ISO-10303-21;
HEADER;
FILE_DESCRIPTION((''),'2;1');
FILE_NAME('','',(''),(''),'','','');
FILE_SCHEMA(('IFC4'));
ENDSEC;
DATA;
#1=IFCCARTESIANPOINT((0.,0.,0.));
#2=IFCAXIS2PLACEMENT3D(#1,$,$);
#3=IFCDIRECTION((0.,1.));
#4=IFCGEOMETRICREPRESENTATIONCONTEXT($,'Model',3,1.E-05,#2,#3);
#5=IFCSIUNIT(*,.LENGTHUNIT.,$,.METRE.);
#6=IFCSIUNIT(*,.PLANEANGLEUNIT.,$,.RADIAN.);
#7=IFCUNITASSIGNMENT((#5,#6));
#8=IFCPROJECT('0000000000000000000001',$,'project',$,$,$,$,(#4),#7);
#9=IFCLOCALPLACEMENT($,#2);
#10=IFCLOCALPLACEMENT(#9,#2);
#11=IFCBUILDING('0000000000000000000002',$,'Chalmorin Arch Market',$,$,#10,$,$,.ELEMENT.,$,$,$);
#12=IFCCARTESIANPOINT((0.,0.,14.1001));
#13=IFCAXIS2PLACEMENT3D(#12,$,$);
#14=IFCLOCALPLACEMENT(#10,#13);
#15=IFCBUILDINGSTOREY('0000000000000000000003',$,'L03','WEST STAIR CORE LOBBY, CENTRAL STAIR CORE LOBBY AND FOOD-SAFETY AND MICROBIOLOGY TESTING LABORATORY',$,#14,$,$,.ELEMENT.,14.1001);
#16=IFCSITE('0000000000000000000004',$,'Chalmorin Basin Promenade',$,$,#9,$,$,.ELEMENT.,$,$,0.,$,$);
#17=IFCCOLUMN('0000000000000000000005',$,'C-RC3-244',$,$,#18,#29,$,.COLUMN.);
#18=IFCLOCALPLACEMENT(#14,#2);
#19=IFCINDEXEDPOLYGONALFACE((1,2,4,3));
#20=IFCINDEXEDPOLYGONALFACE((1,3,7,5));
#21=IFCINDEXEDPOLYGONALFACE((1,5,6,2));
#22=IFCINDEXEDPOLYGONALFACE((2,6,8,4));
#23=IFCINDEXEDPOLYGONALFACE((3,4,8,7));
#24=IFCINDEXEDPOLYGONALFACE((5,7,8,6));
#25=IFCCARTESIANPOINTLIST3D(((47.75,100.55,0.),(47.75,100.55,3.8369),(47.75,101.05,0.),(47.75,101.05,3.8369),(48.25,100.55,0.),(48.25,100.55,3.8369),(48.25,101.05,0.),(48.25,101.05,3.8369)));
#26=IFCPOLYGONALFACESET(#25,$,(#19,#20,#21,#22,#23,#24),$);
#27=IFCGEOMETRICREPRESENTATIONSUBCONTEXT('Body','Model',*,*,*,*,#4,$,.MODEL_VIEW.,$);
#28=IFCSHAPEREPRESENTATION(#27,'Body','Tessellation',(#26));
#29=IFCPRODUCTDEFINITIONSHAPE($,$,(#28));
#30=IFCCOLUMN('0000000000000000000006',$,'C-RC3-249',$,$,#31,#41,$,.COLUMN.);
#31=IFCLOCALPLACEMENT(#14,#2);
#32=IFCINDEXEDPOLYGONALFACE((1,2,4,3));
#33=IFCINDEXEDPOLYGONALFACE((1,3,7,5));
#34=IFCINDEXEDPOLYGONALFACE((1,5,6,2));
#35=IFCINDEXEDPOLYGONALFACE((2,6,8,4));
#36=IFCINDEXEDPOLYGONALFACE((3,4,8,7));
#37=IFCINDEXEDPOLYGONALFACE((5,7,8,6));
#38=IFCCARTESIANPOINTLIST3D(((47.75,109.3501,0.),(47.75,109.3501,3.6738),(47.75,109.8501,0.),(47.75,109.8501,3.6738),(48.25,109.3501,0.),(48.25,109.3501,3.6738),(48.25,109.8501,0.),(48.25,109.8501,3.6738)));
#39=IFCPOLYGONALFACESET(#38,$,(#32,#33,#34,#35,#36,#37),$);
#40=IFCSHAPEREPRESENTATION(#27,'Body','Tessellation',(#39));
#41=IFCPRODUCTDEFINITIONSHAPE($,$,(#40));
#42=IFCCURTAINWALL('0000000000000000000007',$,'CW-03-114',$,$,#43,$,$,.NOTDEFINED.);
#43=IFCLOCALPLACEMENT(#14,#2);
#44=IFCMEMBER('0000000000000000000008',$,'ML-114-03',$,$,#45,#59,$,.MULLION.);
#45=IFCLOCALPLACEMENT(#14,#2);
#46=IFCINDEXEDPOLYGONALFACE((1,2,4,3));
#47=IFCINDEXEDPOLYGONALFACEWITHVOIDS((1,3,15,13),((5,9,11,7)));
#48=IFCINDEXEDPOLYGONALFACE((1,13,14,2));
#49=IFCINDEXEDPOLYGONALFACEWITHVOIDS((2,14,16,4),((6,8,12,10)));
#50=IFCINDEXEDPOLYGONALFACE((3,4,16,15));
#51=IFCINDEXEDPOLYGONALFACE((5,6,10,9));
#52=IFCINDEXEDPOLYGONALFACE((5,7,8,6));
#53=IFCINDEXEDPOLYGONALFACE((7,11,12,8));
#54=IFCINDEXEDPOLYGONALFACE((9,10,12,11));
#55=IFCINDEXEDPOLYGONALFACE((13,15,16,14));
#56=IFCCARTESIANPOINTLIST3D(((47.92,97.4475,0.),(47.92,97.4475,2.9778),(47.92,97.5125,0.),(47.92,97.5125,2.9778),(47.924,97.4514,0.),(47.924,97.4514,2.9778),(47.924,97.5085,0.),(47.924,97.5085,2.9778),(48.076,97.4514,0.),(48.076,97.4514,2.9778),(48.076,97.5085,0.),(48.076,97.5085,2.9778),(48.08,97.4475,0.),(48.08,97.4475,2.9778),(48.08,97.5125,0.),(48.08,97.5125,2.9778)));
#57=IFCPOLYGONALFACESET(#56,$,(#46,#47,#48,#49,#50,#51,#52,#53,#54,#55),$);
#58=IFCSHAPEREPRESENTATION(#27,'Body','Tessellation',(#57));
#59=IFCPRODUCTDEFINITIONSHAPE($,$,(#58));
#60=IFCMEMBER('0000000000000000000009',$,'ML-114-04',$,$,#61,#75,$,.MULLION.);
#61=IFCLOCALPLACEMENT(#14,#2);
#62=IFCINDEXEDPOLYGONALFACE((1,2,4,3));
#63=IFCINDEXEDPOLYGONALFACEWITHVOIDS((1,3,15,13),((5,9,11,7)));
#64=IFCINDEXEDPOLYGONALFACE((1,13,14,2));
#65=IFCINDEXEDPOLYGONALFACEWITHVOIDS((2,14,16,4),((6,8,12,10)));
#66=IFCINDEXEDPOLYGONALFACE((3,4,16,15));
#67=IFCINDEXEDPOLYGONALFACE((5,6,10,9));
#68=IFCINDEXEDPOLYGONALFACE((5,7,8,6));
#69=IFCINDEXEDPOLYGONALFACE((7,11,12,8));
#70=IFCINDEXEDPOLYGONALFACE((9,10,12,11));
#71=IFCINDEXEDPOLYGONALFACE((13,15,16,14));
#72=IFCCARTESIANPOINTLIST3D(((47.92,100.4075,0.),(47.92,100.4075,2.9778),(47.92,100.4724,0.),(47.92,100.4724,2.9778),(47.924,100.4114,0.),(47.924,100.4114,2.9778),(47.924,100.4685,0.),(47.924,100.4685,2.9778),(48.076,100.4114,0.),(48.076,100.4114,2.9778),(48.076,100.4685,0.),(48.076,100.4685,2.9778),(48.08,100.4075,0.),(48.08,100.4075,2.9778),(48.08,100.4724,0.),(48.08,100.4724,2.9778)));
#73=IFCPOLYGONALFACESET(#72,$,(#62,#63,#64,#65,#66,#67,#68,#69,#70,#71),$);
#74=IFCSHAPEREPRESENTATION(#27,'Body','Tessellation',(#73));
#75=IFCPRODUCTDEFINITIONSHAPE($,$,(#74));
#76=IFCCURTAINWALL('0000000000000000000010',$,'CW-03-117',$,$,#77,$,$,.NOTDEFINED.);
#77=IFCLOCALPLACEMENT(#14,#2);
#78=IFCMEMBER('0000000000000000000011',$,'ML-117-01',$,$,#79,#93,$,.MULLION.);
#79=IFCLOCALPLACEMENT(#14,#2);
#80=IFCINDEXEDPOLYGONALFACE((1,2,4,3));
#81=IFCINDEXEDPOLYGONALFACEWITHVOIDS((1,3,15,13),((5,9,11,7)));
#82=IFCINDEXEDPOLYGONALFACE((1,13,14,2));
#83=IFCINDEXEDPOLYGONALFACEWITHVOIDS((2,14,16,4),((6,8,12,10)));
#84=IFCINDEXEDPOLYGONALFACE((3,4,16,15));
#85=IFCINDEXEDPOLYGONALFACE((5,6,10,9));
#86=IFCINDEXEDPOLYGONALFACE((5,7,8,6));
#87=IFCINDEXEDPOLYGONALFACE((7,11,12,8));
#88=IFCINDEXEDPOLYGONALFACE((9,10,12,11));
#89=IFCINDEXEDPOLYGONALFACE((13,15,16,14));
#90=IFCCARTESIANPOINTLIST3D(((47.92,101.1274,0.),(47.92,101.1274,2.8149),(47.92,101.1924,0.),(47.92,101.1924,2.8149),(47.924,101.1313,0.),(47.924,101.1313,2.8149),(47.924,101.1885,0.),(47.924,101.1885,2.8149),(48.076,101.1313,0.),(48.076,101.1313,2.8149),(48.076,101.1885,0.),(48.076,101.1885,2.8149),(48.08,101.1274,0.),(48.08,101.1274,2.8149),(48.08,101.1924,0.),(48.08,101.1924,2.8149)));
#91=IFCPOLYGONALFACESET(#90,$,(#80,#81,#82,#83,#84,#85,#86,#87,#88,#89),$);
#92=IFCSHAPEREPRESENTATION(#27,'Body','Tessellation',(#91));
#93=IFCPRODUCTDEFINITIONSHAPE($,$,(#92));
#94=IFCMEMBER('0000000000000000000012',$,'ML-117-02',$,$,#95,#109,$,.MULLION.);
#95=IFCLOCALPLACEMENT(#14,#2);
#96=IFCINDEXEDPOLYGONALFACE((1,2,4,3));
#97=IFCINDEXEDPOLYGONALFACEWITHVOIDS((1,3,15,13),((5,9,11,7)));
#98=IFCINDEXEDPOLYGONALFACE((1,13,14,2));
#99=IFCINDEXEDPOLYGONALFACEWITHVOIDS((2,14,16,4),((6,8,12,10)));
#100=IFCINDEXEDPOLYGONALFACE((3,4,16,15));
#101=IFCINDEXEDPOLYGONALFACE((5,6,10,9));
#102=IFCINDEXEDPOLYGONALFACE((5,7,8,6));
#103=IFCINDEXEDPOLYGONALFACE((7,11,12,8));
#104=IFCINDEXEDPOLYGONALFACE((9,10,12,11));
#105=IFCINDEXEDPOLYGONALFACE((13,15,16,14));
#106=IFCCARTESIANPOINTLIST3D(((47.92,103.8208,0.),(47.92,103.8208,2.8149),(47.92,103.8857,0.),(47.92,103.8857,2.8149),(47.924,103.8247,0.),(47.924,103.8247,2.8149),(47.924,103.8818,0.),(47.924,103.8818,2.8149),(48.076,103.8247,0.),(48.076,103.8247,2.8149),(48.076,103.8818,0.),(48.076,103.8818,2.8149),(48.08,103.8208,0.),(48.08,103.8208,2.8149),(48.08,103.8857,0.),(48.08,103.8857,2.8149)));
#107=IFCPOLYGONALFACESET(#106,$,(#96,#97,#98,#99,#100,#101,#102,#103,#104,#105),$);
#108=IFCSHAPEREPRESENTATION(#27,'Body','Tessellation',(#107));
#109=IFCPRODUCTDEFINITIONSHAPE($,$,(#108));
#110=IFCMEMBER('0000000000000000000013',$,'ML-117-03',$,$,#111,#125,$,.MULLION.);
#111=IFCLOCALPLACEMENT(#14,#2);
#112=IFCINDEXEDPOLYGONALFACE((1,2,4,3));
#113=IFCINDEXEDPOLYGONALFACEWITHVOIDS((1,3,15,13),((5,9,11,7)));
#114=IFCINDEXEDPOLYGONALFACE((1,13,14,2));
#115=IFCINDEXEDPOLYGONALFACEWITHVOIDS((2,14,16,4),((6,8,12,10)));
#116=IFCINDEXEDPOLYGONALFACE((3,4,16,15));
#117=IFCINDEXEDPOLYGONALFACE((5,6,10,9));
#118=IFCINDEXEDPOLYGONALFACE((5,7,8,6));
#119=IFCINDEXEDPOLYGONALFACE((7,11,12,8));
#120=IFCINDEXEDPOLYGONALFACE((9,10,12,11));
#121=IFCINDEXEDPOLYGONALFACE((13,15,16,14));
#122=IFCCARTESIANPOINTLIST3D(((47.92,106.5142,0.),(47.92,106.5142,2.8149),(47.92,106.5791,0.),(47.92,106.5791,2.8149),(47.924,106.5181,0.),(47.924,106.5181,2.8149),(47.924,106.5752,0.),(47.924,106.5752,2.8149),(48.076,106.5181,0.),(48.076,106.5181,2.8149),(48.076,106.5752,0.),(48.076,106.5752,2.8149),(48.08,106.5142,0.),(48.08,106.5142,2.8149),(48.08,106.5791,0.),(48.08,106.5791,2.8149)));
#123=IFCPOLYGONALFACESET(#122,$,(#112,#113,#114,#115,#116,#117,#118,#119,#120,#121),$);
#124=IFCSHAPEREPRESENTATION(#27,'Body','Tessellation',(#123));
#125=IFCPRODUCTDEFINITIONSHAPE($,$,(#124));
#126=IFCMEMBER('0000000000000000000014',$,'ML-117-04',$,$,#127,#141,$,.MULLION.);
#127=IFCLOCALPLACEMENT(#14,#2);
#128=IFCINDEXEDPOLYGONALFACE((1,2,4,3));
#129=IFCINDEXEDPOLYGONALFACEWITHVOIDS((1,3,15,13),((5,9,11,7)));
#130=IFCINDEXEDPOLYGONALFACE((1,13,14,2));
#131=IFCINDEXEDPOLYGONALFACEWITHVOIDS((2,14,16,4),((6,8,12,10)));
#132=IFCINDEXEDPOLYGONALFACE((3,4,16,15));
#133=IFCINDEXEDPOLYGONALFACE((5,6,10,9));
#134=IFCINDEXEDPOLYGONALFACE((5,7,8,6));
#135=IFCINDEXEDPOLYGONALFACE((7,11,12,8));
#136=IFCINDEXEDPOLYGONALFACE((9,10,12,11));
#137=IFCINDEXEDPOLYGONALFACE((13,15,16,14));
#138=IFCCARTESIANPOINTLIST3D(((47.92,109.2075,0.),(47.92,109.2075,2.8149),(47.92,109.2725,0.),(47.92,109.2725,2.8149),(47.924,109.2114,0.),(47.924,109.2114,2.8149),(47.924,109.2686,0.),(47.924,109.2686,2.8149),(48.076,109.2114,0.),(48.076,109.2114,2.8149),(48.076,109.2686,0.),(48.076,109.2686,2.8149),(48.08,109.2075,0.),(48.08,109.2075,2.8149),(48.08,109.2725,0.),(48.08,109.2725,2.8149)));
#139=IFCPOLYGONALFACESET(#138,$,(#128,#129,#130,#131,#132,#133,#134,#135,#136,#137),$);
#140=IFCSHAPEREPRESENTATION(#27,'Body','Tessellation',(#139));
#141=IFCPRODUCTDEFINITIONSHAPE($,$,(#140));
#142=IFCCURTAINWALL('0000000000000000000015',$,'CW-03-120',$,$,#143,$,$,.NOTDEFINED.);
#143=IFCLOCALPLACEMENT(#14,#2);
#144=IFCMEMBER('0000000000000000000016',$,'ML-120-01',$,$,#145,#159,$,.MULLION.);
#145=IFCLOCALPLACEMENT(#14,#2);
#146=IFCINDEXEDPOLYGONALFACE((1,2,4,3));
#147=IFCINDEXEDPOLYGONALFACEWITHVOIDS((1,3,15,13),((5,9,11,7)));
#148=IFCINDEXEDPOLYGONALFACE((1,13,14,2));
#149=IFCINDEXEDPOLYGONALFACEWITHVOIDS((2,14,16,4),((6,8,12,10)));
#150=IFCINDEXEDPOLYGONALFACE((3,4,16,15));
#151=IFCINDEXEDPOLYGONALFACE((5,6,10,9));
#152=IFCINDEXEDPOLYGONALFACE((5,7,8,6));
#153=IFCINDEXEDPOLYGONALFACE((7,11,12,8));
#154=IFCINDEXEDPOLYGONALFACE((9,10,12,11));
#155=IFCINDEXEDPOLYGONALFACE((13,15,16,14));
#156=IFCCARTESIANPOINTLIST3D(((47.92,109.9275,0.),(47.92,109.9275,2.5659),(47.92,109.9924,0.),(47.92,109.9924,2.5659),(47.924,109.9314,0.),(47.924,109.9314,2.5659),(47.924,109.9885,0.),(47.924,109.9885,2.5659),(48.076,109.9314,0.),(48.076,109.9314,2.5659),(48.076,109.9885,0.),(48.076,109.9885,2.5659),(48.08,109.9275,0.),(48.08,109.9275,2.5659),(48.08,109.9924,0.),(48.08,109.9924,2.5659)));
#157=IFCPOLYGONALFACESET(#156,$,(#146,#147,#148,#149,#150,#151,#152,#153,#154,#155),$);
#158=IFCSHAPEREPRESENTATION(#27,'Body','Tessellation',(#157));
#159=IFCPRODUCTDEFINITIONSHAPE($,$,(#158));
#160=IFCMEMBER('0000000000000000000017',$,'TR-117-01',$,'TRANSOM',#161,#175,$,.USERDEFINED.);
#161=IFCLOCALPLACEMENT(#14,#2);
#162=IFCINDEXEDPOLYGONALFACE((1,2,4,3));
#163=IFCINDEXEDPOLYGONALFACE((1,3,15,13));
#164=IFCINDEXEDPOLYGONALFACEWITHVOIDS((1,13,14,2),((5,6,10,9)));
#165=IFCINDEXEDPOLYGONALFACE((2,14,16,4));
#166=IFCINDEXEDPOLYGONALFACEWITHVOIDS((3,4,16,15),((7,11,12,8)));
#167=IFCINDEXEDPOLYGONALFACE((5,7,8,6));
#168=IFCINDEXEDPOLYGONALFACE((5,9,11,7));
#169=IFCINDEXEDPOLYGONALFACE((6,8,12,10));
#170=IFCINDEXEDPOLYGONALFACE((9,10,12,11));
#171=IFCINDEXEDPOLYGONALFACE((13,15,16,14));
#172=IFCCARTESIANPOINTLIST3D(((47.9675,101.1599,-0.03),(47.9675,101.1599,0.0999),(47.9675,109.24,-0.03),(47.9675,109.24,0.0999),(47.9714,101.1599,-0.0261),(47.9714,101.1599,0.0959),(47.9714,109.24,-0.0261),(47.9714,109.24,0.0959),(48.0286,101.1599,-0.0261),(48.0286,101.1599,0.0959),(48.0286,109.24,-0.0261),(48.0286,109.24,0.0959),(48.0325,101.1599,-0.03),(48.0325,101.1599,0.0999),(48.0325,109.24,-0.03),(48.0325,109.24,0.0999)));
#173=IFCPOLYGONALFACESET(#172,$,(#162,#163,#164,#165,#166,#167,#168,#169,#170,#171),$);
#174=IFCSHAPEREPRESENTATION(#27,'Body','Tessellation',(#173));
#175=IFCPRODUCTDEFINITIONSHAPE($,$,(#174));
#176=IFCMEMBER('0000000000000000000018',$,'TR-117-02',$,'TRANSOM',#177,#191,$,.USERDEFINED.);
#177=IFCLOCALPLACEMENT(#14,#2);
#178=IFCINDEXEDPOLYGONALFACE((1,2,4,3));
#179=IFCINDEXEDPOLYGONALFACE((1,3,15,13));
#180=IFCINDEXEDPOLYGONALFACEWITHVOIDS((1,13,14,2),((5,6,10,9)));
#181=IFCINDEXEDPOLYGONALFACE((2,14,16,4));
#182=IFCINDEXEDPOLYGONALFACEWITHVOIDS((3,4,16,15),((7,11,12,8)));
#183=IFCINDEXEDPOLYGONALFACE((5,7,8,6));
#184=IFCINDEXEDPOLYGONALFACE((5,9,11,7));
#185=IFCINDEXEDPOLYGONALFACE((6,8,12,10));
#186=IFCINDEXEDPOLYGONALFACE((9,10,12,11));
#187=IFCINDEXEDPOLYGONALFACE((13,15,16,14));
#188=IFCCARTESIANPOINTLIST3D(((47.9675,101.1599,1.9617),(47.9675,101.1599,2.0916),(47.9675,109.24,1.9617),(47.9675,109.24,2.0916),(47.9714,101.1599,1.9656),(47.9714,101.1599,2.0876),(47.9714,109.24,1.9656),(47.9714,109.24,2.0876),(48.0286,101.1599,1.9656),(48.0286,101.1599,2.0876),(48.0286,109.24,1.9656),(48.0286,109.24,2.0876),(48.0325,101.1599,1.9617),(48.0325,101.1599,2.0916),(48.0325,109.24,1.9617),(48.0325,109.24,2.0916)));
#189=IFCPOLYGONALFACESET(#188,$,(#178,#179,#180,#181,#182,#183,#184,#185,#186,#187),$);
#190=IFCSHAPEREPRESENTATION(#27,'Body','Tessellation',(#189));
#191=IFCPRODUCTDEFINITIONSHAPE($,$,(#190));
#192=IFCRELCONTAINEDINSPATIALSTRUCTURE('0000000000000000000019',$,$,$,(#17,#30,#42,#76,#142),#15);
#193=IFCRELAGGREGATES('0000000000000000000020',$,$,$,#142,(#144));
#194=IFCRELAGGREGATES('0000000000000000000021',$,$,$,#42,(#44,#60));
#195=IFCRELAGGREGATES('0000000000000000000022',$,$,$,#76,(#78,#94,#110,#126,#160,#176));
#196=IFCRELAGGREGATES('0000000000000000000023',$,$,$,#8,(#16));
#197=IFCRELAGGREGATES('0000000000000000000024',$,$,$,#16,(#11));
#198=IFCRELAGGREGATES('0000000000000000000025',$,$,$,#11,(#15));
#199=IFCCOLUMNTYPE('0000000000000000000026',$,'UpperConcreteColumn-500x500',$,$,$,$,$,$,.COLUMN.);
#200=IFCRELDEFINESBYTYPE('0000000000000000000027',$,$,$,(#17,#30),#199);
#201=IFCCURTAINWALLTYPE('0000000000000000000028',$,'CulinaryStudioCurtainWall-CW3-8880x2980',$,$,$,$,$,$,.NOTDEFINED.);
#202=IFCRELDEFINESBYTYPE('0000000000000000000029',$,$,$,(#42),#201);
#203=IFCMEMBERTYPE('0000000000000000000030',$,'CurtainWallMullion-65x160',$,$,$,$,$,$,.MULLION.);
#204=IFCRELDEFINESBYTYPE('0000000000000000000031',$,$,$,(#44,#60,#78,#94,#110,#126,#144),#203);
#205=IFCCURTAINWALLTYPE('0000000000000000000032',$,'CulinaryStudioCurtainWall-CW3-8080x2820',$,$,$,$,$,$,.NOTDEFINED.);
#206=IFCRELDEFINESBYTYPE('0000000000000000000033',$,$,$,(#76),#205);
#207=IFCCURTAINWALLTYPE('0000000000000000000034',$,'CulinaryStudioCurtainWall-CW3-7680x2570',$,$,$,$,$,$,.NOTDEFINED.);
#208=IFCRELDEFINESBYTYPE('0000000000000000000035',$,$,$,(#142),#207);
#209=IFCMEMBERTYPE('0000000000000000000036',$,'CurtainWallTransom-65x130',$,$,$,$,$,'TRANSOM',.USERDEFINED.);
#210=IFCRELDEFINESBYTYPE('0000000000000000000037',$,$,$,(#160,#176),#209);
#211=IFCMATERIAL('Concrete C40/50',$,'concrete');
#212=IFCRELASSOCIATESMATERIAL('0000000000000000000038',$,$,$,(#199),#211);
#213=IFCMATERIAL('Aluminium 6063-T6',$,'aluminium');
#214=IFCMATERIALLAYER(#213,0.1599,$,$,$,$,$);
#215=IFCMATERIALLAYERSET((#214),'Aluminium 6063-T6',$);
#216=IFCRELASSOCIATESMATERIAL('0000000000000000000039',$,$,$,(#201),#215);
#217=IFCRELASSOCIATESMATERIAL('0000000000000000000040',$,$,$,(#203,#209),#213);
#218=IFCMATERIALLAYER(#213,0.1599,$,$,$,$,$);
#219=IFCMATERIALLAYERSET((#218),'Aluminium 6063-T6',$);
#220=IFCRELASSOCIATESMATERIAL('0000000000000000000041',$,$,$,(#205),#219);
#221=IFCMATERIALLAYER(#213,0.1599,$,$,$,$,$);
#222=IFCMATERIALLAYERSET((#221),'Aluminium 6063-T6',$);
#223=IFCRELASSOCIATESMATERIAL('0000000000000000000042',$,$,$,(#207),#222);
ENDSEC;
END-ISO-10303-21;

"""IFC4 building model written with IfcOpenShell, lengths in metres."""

from ifc_helpers import new_model, si_unit, direction, frame, origin, origin_2d, place, context, subcontext, project, spatial, rectangle, hollow_rectangle, extrude, material, layer, layer_set, material_profile, profile_set, type_object, element, aggregate, save


model = new_model("IFC4")

# Units and contexts
model_context = context("Model", 3, precision=1e-05, world=origin(), true_north=direction((0.0, 1.0)))
body_context = subcontext(model_context, "Body", "Model", "MODEL_VIEW")
ifc_project = project(units=[si_unit("LENGTHUNIT", "METRE"), si_unit("PLANEANGLEUNIT", "RADIAN")], contexts=[model_context])

# Site, building, storey
site_placement = place(None, origin())
site = spatial("IfcSite", under=ifc_project, at=site_placement, Name="Chalmorin Basin Promenade", CompositionType="ELEMENT", RefElevation=0.0)
building_placement = place(site_placement, origin())
building = spatial("IfcBuilding", under=site, at=building_placement, Name="Chalmorin Arch Market", CompositionType="ELEMENT")
storey_placement = place(building_placement, frame((0.0, 0.0, 14.1001)))
storey = spatial("IfcBuildingStorey", under=building, at=storey_placement, Name="L03", Description="WEST STAIR CORE LOBBY, CENTRAL STAIR CORE LOBBY AND FOOD-SAFETY AND MICROBIOLOGY TESTING LABORATORY", CompositionType="ELEMENT", Elevation=14.1001)

# Columns
ifc_material_1 = material(Name="Concrete C40/50", Category="concrete")
ifc_material_profile_1 = material_profile(ifc_material_1, rectangle(XDim=0.5, YDim=0.5, at=origin_2d()), Name="RC500X500")
ifc_profile_set_1 = profile_set([ifc_material_profile_1], Name="Concrete C40/50")
column_type = type_object("IfcColumnType", Name="UpperConcreteColumn-500x500", PredefinedType="COLUMN", material=ifc_profile_set_1)
column_1_placement = place(storey_placement, frame((48.0, 100.8, 0.0), z_axis=(0.0, 0.0, 1.0), x_axis=(1.0, 0.0, 0.0)))
element("IfcColumn", 1, at=column_1_placement, inside=storey, type_object=column_type, Name="C-RC3-244", PredefinedType="COLUMN", context=body_context, shape_type="SweptSolid", body=[
    extrude(rectangle(XDim=0.5, YDim=0.5, at=origin_2d()), origin(), (0.0, 0.0, 1.0), 3.8369),
])
column_2_placement = place(storey_placement, frame((48.0, 109.6001, 0.0), z_axis=(0.0, 0.0, 1.0), x_axis=(1.0, 0.0, 0.0)))
element("IfcColumn", 2, at=column_2_placement, inside=storey, type_object=column_type, Name="C-RC3-249", PredefinedType="COLUMN", context=body_context, shape_type="SweptSolid", body=[
    extrude(rectangle(XDim=0.5, YDim=0.5, at=origin_2d()), origin(), (0.0, 0.0, 1.0), 3.6738),
])

# Curtain walls, members
ifc_material_2 = material(Name="Aluminium 6063-T6", Category="aluminium")
ifc_layer_1 = layer(ifc_material_2, 0.1599)
ifc_layer_set_1 = layer_set([ifc_layer_1], Name="Aluminium 6063-T6")
curtain_wall_type_1 = type_object("IfcCurtainWallType", Name="CulinaryStudioCurtainWall-CW3-8880x2980", PredefinedType="NOTDEFINED", material=ifc_layer_set_1)
curtain_wall_1_placement = place(storey_placement, origin())
curtain_wall_1 = element("IfcCurtainWall", 3, at=curtain_wall_1_placement, inside=storey, type_object=curtain_wall_type_1, Name="CW-03-114", PredefinedType="NOTDEFINED")
ifc_material_profile_2 = material_profile(ifc_material_2, hollow_rectangle(XDim=0.0649, YDim=0.1599, WallThickness=0.0039, at=origin_2d()), Name="ALU65X160X4")
ifc_profile_set_2 = profile_set([ifc_material_profile_2], Name="Aluminium 6063-T6")
member_type_1 = type_object("IfcMemberType", Name="CurtainWallMullion-65x160", PredefinedType="MULLION", material=ifc_profile_set_2)
member_1_placement = place(storey_placement, frame((48.0, 97.48, 0.0), z_axis=(0.0, 0.0, 1.0), x_axis=(0.0, 1.0, 0.0)))
member_1 = element("IfcMember", 4, at=member_1_placement, type_object=member_type_1, Name="ML-114-03", PredefinedType="MULLION", context=body_context, shape_type="SweptSolid", body=[
    extrude(hollow_rectangle(XDim=0.0649, YDim=0.1599, WallThickness=0.0039, at=origin_2d()), origin(), (0.0, 0.0, 1.0), 2.9778),
])
member_2_placement = place(storey_placement, frame((48.0, 100.4399, 0.0), z_axis=(0.0, 0.0, 1.0), x_axis=(0.0, 1.0, 0.0)))
member_2 = element("IfcMember", 5, at=member_2_placement, type_object=member_type_1, Name="ML-114-04", PredefinedType="MULLION", context=body_context, shape_type="SweptSolid", body=[
    extrude(hollow_rectangle(XDim=0.0649, YDim=0.1599, WallThickness=0.0039, at=origin_2d()), origin(), (0.0, 0.0, 1.0), 2.9778),
])
ifc_layer_2 = layer(ifc_material_2, 0.1599)
ifc_layer_set_2 = layer_set([ifc_layer_2], Name="Aluminium 6063-T6")
curtain_wall_type_2 = type_object("IfcCurtainWallType", Name="CulinaryStudioCurtainWall-CW3-8080x2820", PredefinedType="NOTDEFINED", material=ifc_layer_set_2)
curtain_wall_2_placement = place(storey_placement, origin())
curtain_wall_2 = element("IfcCurtainWall", 6, at=curtain_wall_2_placement, inside=storey, type_object=curtain_wall_type_2, Name="CW-03-117", PredefinedType="NOTDEFINED")
member_3_placement = place(storey_placement, frame((48.0, 101.1599, 0.0), z_axis=(0.0, 0.0, 1.0), x_axis=(0.0, 1.0, 0.0)))
member_3 = element("IfcMember", 7, at=member_3_placement, type_object=member_type_1, Name="ML-117-01", PredefinedType="MULLION", context=body_context, shape_type="SweptSolid", body=[
    extrude(hollow_rectangle(XDim=0.0649, YDim=0.1599, WallThickness=0.0039, at=origin_2d()), origin(), (0.0, 0.0, 1.0), 2.8149),
])
member_4_placement = place(storey_placement, frame((48.0, 103.8533, 0.0), z_axis=(0.0, 0.0, 1.0), x_axis=(0.0, 1.0, 0.0)))
member_4 = element("IfcMember", 8, at=member_4_placement, type_object=member_type_1, Name="ML-117-02", PredefinedType="MULLION", context=body_context, shape_type="SweptSolid", body=[
    extrude(hollow_rectangle(XDim=0.0649, YDim=0.1599, WallThickness=0.0039, at=origin_2d()), origin(), (0.0, 0.0, 1.0), 2.8149),
])
member_5_placement = place(storey_placement, frame((48.0, 106.5466, 0.0), z_axis=(0.0, 0.0, 1.0), x_axis=(0.0, 1.0, 0.0)))
member_5 = element("IfcMember", 9, at=member_5_placement, type_object=member_type_1, Name="ML-117-03", PredefinedType="MULLION", context=body_context, shape_type="SweptSolid", body=[
    extrude(hollow_rectangle(XDim=0.0649, YDim=0.1599, WallThickness=0.0039, at=origin_2d()), origin(), (0.0, 0.0, 1.0), 2.8149),
])
member_6_placement = place(storey_placement, frame((48.0, 109.24, 0.0), z_axis=(0.0, 0.0, 1.0), x_axis=(0.0, 1.0, 0.0)))
member_6 = element("IfcMember", 10, at=member_6_placement, type_object=member_type_1, Name="ML-117-04", PredefinedType="MULLION", context=body_context, shape_type="SweptSolid", body=[
    extrude(hollow_rectangle(XDim=0.0649, YDim=0.1599, WallThickness=0.0039, at=origin_2d()), origin(), (0.0, 0.0, 1.0), 2.8149),
])

# Curtain wall, member
ifc_layer_3 = layer(ifc_material_2, 0.1599)
ifc_layer_set_3 = layer_set([ifc_layer_3], Name="Aluminium 6063-T6")
curtain_wall_type_3 = type_object("IfcCurtainWallType", Name="CulinaryStudioCurtainWall-CW3-7680x2570", PredefinedType="NOTDEFINED", material=ifc_layer_set_3)
curtain_wall_3_placement = place(storey_placement, origin())
curtain_wall_3 = element("IfcCurtainWall", 11, at=curtain_wall_3_placement, inside=storey, type_object=curtain_wall_type_3, Name="CW-03-120", PredefinedType="NOTDEFINED")
member_7_placement = place(storey_placement, frame((48.0, 109.96, 0.0), z_axis=(0.0, 0.0, 1.0), x_axis=(0.0, 1.0, 0.0)))
member_7 = element("IfcMember", 12, at=member_7_placement, type_object=member_type_1, Name="ML-120-01", PredefinedType="MULLION", context=body_context, shape_type="SweptSolid", body=[
    extrude(hollow_rectangle(XDim=0.0649, YDim=0.1599, WallThickness=0.0039, at=origin_2d()), origin(), (0.0, 0.0, 1.0), 2.5659),
])

# Members
ifc_material_profile_3 = material_profile(ifc_material_2, hollow_rectangle(XDim=0.0649, YDim=0.1299, WallThickness=0.0039, at=origin_2d()), Name="ALU65X130X4")
ifc_profile_set_3 = profile_set([ifc_material_profile_3], Name="Aluminium 6063-T6")
member_type_2 = type_object("IfcMemberType", Name="CurtainWallTransom-65x130", ElementType="TRANSOM", PredefinedType="USERDEFINED", material=ifc_profile_set_3)
member_8_placement = place(storey_placement, frame((48.0, 101.1599, 0.0349), z_axis=(0.0, 1.0, 0.0), x_axis=(-1.0, 0.0, 0.0)))
member_8 = element("IfcMember", 13, at=member_8_placement, type_object=member_type_2, Name="TR-117-01", ObjectType="TRANSOM", PredefinedType="USERDEFINED", context=body_context, shape_type="SweptSolid", body=[
    extrude(hollow_rectangle(XDim=0.0649, YDim=0.1299, WallThickness=0.0039, at=origin_2d()), origin(), (0.0, 0.0, 1.0), 8.0801),
])
member_9_placement = place(storey_placement, frame((48.0, 101.1599, 2.0266), z_axis=(0.0, 1.0, 0.0), x_axis=(-1.0, 0.0, 0.0)))
member_9 = element("IfcMember", 14, at=member_9_placement, type_object=member_type_2, Name="TR-117-02", ObjectType="TRANSOM", PredefinedType="USERDEFINED", context=body_context, shape_type="SweptSolid", body=[
    extrude(hollow_rectangle(XDim=0.0649, YDim=0.1299, WallThickness=0.0039, at=origin_2d()), origin(), (0.0, 0.0, 1.0), 8.0801),
])
aggregate(curtain_wall_3, [member_7])

aggregate(curtain_wall_1, [member_1, member_2])
aggregate(curtain_wall_2, [member_3, member_4, member_5, member_6, member_8, member_9])

save(model, "model.ifc")
